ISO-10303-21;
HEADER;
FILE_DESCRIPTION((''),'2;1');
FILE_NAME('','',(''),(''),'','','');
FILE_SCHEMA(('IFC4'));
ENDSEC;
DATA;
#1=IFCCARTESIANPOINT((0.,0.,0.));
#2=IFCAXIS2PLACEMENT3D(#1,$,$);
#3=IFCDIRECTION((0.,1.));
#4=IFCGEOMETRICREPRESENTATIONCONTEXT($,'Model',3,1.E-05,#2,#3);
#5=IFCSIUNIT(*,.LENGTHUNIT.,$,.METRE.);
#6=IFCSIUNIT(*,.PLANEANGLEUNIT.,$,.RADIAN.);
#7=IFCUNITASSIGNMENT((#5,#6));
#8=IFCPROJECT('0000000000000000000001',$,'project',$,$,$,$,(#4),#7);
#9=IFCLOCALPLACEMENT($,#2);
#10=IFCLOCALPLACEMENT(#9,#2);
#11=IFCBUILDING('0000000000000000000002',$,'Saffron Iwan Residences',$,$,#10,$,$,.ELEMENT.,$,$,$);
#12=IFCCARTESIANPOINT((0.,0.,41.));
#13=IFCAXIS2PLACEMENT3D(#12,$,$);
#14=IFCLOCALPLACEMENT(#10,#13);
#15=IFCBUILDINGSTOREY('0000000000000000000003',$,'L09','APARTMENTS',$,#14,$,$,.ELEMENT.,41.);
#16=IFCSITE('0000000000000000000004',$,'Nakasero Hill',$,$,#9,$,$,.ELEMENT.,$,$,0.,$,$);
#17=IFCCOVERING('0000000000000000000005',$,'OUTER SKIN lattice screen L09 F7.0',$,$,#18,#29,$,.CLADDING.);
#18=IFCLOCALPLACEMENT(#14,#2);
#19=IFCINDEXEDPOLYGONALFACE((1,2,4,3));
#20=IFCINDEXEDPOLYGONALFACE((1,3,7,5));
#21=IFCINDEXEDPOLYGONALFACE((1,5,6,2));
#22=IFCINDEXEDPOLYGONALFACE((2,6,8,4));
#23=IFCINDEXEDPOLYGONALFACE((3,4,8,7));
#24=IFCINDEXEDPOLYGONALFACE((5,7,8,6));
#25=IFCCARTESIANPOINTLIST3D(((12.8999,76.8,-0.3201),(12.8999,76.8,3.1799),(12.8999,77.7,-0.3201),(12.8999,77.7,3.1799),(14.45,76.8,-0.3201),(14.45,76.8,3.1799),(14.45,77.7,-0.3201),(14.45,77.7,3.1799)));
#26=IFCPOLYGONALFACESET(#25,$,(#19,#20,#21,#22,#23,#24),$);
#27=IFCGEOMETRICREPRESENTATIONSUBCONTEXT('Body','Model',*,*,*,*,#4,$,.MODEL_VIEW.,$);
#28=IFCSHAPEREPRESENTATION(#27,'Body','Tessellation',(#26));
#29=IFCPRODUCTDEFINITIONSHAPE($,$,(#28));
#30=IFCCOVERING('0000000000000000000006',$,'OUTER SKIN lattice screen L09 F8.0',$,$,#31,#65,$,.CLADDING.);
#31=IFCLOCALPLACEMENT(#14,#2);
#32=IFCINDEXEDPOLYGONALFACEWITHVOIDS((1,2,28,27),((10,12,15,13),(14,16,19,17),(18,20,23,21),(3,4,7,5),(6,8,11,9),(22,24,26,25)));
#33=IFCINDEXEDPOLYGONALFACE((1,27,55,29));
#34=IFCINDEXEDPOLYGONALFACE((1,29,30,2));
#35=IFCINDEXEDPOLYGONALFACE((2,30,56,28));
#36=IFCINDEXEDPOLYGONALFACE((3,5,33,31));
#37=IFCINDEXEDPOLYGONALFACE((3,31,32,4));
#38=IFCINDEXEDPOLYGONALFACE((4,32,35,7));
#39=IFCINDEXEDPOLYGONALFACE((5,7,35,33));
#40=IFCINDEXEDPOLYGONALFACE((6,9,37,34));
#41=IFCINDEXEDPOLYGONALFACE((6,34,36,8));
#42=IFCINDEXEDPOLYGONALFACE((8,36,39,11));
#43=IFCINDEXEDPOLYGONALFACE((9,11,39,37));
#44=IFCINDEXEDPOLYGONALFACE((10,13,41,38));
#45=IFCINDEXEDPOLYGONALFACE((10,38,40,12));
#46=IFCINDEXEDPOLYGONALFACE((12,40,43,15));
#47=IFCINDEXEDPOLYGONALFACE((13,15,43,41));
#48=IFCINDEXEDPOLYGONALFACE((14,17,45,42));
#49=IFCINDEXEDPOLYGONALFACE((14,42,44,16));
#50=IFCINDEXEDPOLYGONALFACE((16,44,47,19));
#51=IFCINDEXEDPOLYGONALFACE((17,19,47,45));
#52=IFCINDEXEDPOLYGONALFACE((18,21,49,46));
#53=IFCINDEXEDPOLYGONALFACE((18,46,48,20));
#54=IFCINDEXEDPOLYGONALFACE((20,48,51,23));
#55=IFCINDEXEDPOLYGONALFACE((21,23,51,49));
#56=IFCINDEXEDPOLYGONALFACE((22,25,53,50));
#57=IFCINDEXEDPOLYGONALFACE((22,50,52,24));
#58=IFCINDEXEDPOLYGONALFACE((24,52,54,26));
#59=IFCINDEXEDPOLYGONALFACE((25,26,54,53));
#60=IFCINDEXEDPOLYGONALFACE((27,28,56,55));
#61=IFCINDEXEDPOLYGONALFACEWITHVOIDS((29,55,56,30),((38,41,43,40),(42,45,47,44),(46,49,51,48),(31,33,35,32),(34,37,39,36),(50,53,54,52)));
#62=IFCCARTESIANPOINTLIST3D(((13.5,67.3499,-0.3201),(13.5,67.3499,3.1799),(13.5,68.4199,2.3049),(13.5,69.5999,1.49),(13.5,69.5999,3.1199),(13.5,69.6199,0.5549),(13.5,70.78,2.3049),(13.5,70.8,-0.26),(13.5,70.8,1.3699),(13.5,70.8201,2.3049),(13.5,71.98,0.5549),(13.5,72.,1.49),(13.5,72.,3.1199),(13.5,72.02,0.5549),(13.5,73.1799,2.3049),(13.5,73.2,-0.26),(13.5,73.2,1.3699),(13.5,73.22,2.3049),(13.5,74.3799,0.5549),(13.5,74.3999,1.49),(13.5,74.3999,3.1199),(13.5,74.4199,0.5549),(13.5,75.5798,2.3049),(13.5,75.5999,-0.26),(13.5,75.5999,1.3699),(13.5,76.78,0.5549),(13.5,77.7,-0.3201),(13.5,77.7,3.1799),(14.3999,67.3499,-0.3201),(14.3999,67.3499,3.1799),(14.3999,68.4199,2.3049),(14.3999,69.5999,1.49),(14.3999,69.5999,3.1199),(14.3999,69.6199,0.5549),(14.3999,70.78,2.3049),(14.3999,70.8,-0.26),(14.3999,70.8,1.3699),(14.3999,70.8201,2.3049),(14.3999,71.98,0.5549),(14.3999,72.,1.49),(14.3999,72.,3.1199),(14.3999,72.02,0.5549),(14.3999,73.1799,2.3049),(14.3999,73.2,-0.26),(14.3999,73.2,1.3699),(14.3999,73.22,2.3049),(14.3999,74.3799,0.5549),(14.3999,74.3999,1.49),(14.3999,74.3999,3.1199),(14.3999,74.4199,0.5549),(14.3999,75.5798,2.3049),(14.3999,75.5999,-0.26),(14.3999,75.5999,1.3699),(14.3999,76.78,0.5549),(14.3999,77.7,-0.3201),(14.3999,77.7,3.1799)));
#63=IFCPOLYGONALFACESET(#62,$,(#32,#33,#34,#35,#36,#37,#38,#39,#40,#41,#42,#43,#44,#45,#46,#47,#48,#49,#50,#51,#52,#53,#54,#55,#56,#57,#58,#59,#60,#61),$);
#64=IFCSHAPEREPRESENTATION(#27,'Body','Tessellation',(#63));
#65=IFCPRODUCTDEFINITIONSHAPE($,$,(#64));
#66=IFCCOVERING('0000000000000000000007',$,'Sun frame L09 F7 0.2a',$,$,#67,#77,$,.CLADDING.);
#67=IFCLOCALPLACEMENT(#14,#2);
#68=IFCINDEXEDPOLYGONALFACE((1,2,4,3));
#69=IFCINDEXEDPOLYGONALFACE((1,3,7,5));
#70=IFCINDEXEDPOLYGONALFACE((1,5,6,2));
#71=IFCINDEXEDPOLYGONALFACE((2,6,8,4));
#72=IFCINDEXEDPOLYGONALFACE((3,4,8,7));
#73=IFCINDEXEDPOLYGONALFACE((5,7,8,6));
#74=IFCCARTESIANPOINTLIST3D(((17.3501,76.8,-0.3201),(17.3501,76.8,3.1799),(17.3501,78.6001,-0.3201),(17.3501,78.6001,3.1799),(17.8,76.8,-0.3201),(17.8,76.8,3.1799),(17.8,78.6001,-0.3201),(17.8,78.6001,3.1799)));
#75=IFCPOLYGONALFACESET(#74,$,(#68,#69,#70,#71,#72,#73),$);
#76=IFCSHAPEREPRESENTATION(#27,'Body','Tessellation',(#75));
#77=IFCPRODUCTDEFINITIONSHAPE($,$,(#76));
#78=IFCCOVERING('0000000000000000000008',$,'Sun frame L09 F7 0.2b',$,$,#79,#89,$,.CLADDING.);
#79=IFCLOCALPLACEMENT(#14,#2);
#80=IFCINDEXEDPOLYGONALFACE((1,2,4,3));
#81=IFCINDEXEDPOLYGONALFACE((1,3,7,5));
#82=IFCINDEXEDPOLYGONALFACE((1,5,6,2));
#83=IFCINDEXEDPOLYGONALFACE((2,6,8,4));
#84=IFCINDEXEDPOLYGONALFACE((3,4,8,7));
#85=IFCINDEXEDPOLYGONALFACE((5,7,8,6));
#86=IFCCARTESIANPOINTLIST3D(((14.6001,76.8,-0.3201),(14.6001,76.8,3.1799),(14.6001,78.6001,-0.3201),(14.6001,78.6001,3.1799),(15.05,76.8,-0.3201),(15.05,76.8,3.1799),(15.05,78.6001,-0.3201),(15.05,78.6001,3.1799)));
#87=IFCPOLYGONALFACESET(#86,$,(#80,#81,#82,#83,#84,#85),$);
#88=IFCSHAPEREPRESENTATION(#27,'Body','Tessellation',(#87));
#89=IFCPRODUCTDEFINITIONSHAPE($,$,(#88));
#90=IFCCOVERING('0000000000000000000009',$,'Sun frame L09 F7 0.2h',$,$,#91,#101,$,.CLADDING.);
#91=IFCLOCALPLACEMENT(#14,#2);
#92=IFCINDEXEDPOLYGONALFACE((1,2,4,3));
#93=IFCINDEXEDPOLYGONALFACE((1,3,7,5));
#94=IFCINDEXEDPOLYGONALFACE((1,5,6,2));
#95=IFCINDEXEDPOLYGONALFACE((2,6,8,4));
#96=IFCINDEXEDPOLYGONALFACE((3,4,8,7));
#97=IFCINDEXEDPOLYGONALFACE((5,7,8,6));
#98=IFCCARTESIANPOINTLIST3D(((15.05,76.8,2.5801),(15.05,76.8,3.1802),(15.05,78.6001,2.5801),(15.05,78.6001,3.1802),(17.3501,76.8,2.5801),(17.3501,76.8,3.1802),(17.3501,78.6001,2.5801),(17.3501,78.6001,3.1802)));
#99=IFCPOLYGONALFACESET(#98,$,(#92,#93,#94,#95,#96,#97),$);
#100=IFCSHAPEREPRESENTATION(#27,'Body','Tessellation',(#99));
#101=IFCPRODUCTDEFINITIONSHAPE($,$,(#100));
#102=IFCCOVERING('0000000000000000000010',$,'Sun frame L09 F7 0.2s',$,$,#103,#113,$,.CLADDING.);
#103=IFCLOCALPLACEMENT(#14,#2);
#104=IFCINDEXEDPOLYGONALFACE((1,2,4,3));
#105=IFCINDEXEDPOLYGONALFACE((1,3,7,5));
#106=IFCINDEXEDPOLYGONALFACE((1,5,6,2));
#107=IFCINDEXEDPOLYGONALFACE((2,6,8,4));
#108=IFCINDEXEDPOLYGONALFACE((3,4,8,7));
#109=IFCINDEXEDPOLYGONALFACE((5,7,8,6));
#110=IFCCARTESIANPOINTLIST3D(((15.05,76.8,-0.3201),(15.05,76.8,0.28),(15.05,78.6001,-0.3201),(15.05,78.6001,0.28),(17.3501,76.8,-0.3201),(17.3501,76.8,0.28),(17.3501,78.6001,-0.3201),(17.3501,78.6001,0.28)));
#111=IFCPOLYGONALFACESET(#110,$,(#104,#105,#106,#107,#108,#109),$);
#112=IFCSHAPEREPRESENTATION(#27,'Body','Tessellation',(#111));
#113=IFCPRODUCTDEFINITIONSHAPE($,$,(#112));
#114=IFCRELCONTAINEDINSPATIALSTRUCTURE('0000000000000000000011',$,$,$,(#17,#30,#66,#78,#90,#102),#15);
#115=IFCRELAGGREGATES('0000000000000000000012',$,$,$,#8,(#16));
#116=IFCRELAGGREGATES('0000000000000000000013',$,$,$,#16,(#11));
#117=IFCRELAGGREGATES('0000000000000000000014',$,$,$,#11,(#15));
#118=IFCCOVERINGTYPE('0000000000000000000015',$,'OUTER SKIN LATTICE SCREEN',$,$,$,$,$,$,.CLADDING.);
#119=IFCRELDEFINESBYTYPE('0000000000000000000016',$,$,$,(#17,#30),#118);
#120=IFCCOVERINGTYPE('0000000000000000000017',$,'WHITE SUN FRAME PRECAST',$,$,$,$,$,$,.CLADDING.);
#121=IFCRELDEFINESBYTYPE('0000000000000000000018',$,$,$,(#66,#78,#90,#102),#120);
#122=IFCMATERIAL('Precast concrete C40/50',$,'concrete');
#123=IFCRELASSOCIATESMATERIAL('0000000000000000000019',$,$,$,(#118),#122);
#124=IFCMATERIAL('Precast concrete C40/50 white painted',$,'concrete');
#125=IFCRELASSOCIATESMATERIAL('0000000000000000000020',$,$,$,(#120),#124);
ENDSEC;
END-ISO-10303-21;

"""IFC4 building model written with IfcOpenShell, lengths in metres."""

from ifc_helpers import new_model, si_unit, direction, frame, origin, place, context, subcontext, project, spatial, polyline, outline, extrude, material, type_object, element, save


model = new_model("IFC4")

# Units and contexts
model_context = context("Model", 3, precision=1e-05, world=origin(), true_north=direction((0.0, 1.0)))
body_context = subcontext(model_context, "Body", "Model", "MODEL_VIEW")
ifc_project = project(units=[si_unit("LENGTHUNIT", "METRE"), si_unit("PLANEANGLEUNIT", "RADIAN")], contexts=[model_context])

# Site, building, storey
site_placement = place(None, origin())
site = spatial("IfcSite", under=ifc_project, at=site_placement, Name="Nakasero Hill", CompositionType="ELEMENT", RefElevation=0.0)
building_placement = place(site_placement, origin())
building = spatial("IfcBuilding", under=site, at=building_placement, Name="Saffron Iwan Residences", CompositionType="ELEMENT")
storey_placement = place(building_placement, frame((0.0, 0.0, 41.0)))
storey = spatial("IfcBuildingStorey", under=building, at=storey_placement, Name="L09", Description="APARTMENTS", CompositionType="ELEMENT", Elevation=41.0)

# Coverings
ifc_material_1 = material(Name="Precast concrete C40/50", Category="concrete")
covering_type_1 = type_object("IfcCoveringType", Name="OUTER SKIN LATTICE SCREEN", PredefinedType="CLADDING", material=ifc_material_1)
covering_1_placement = place(storey_placement, frame((14.45, 76.8, -0.3201), z_axis=(0.0, 1.0, 0.0), x_axis=(-1.0, 0.0, 0.0)))
element("IfcCovering", 1, at=covering_1_placement, inside=storey, type_object=covering_type_1, Name="OUTER SKIN lattice screen L09 F7.0", PredefinedType="CLADDING", context=body_context, shape_type="SweptSolid", body=[
    extrude(outline(polyline([(0.0, 0.0), (1.55, 0.0), (1.55, 3.5), (0.0, 3.5), (0.0, 0.0)])), origin(), (0.0, 0.0, 1.0), 0.8999),
])
covering_2_placement = place(storey_placement, frame((14.3999, 77.7, -0.3201), z_axis=(-1.0, 0.0, 0.0), x_axis=(0.0, -1.0, 0.0)))
element("IfcCovering", 2, at=covering_2_placement, inside=storey, type_object=covering_type_1, Name="OUTER SKIN lattice screen L09 F8.0", PredefinedType="CLADDING", context=body_context, shape_type="SweptSolid", body=[
    extrude(outline(polyline([(0.0, 0.0), (10.3501, 0.0), (10.3501, 3.5), (0.0, 3.5), (0.0, 0.0)]), holes=[polyline([(0.9199, 0.875), (2.1001, 0.0601), (3.28, 0.875), (2.1001, 1.6899), (0.9199, 0.875)]), polyline([(3.3201, 0.875), (4.5, 0.0601), (5.6799, 0.875), (4.5, 1.6899), (3.3201, 0.875)]), polyline([(5.72, 0.875), (6.8999, 0.0601), (8.0801, 0.875), (6.8999, 1.6899), (5.72, 0.875)]), polyline([(2.1201, 2.625), (3.3, 1.8101), (4.48, 2.625), (3.3, 3.4399), (2.1201, 2.625)]), polyline([(4.52, 2.625), (5.7, 1.8101), (6.8799, 2.625), (5.7, 3.4399), (4.52, 2.625)]), polyline([(6.9199, 2.625), (8.1001, 1.8101), (9.28, 2.625), (8.1001, 3.4399), (6.9199, 2.625)])]), origin(), (0.0, 0.0, 1.0), 0.8999),
])
ifc_material_2 = material(Name="Precast concrete C40/50 white painted", Category="concrete")
covering_type_2 = type_object("IfcCoveringType", Name="WHITE SUN FRAME PRECAST", PredefinedType="CLADDING", material=ifc_material_2)
for number, where, z_axis, x_axis, name in (
    (3, (17.8, 76.8, -0.3201), (0.0, 1.0, 0.0), (-1.0, 0.0, 0.0), "Sun frame L09 F7 0.2a"),
    (4, (15.05, 76.8, -0.3201), (0.0, 1.0, 0.0), (-1.0, 0.0, 0.0), "Sun frame L09 F7 0.2b"),
):
    element("IfcCovering", number, at=place(storey_placement, frame(where, z_axis=z_axis, x_axis=x_axis)), inside=storey, type_object=covering_type_2, Name=name, PredefinedType="CLADDING", context=body_context, shape_type="SweptSolid", body=[
        extrude(outline(polyline([(0.0, 0.0), (0.45, 0.0), (0.45, 3.5), (0.0, 3.5), (0.0, 0.0)])), origin(), (0.0, 0.0, 1.0), 1.8),
    ])
for number, where, z_axis, x_axis, name in (
    (5, (17.3501, 76.8, 2.5801), (0.0, 1.0, 0.0), (-1.0, 0.0, 0.0), "Sun frame L09 F7 0.2h"),
    (6, (17.3501, 76.8, -0.3201), (0.0, 1.0, 0.0), (-1.0, 0.0, 0.0), "Sun frame L09 F7 0.2s"),
):
    element("IfcCovering", number, at=place(storey_placement, frame(where, z_axis=z_axis, x_axis=x_axis)), inside=storey, type_object=covering_type_2, Name=name, PredefinedType="CLADDING", context=body_context, shape_type="SweptSolid", body=[
        extrude(outline(polyline([(0.0, 0.0), (2.3, 0.0), (2.3, 0.6001), (0.0, 0.6001), (0.0, 0.0)])), origin(), (0.0, 0.0, 1.0), 1.8),
    ])

save(model, "model.ifc")
